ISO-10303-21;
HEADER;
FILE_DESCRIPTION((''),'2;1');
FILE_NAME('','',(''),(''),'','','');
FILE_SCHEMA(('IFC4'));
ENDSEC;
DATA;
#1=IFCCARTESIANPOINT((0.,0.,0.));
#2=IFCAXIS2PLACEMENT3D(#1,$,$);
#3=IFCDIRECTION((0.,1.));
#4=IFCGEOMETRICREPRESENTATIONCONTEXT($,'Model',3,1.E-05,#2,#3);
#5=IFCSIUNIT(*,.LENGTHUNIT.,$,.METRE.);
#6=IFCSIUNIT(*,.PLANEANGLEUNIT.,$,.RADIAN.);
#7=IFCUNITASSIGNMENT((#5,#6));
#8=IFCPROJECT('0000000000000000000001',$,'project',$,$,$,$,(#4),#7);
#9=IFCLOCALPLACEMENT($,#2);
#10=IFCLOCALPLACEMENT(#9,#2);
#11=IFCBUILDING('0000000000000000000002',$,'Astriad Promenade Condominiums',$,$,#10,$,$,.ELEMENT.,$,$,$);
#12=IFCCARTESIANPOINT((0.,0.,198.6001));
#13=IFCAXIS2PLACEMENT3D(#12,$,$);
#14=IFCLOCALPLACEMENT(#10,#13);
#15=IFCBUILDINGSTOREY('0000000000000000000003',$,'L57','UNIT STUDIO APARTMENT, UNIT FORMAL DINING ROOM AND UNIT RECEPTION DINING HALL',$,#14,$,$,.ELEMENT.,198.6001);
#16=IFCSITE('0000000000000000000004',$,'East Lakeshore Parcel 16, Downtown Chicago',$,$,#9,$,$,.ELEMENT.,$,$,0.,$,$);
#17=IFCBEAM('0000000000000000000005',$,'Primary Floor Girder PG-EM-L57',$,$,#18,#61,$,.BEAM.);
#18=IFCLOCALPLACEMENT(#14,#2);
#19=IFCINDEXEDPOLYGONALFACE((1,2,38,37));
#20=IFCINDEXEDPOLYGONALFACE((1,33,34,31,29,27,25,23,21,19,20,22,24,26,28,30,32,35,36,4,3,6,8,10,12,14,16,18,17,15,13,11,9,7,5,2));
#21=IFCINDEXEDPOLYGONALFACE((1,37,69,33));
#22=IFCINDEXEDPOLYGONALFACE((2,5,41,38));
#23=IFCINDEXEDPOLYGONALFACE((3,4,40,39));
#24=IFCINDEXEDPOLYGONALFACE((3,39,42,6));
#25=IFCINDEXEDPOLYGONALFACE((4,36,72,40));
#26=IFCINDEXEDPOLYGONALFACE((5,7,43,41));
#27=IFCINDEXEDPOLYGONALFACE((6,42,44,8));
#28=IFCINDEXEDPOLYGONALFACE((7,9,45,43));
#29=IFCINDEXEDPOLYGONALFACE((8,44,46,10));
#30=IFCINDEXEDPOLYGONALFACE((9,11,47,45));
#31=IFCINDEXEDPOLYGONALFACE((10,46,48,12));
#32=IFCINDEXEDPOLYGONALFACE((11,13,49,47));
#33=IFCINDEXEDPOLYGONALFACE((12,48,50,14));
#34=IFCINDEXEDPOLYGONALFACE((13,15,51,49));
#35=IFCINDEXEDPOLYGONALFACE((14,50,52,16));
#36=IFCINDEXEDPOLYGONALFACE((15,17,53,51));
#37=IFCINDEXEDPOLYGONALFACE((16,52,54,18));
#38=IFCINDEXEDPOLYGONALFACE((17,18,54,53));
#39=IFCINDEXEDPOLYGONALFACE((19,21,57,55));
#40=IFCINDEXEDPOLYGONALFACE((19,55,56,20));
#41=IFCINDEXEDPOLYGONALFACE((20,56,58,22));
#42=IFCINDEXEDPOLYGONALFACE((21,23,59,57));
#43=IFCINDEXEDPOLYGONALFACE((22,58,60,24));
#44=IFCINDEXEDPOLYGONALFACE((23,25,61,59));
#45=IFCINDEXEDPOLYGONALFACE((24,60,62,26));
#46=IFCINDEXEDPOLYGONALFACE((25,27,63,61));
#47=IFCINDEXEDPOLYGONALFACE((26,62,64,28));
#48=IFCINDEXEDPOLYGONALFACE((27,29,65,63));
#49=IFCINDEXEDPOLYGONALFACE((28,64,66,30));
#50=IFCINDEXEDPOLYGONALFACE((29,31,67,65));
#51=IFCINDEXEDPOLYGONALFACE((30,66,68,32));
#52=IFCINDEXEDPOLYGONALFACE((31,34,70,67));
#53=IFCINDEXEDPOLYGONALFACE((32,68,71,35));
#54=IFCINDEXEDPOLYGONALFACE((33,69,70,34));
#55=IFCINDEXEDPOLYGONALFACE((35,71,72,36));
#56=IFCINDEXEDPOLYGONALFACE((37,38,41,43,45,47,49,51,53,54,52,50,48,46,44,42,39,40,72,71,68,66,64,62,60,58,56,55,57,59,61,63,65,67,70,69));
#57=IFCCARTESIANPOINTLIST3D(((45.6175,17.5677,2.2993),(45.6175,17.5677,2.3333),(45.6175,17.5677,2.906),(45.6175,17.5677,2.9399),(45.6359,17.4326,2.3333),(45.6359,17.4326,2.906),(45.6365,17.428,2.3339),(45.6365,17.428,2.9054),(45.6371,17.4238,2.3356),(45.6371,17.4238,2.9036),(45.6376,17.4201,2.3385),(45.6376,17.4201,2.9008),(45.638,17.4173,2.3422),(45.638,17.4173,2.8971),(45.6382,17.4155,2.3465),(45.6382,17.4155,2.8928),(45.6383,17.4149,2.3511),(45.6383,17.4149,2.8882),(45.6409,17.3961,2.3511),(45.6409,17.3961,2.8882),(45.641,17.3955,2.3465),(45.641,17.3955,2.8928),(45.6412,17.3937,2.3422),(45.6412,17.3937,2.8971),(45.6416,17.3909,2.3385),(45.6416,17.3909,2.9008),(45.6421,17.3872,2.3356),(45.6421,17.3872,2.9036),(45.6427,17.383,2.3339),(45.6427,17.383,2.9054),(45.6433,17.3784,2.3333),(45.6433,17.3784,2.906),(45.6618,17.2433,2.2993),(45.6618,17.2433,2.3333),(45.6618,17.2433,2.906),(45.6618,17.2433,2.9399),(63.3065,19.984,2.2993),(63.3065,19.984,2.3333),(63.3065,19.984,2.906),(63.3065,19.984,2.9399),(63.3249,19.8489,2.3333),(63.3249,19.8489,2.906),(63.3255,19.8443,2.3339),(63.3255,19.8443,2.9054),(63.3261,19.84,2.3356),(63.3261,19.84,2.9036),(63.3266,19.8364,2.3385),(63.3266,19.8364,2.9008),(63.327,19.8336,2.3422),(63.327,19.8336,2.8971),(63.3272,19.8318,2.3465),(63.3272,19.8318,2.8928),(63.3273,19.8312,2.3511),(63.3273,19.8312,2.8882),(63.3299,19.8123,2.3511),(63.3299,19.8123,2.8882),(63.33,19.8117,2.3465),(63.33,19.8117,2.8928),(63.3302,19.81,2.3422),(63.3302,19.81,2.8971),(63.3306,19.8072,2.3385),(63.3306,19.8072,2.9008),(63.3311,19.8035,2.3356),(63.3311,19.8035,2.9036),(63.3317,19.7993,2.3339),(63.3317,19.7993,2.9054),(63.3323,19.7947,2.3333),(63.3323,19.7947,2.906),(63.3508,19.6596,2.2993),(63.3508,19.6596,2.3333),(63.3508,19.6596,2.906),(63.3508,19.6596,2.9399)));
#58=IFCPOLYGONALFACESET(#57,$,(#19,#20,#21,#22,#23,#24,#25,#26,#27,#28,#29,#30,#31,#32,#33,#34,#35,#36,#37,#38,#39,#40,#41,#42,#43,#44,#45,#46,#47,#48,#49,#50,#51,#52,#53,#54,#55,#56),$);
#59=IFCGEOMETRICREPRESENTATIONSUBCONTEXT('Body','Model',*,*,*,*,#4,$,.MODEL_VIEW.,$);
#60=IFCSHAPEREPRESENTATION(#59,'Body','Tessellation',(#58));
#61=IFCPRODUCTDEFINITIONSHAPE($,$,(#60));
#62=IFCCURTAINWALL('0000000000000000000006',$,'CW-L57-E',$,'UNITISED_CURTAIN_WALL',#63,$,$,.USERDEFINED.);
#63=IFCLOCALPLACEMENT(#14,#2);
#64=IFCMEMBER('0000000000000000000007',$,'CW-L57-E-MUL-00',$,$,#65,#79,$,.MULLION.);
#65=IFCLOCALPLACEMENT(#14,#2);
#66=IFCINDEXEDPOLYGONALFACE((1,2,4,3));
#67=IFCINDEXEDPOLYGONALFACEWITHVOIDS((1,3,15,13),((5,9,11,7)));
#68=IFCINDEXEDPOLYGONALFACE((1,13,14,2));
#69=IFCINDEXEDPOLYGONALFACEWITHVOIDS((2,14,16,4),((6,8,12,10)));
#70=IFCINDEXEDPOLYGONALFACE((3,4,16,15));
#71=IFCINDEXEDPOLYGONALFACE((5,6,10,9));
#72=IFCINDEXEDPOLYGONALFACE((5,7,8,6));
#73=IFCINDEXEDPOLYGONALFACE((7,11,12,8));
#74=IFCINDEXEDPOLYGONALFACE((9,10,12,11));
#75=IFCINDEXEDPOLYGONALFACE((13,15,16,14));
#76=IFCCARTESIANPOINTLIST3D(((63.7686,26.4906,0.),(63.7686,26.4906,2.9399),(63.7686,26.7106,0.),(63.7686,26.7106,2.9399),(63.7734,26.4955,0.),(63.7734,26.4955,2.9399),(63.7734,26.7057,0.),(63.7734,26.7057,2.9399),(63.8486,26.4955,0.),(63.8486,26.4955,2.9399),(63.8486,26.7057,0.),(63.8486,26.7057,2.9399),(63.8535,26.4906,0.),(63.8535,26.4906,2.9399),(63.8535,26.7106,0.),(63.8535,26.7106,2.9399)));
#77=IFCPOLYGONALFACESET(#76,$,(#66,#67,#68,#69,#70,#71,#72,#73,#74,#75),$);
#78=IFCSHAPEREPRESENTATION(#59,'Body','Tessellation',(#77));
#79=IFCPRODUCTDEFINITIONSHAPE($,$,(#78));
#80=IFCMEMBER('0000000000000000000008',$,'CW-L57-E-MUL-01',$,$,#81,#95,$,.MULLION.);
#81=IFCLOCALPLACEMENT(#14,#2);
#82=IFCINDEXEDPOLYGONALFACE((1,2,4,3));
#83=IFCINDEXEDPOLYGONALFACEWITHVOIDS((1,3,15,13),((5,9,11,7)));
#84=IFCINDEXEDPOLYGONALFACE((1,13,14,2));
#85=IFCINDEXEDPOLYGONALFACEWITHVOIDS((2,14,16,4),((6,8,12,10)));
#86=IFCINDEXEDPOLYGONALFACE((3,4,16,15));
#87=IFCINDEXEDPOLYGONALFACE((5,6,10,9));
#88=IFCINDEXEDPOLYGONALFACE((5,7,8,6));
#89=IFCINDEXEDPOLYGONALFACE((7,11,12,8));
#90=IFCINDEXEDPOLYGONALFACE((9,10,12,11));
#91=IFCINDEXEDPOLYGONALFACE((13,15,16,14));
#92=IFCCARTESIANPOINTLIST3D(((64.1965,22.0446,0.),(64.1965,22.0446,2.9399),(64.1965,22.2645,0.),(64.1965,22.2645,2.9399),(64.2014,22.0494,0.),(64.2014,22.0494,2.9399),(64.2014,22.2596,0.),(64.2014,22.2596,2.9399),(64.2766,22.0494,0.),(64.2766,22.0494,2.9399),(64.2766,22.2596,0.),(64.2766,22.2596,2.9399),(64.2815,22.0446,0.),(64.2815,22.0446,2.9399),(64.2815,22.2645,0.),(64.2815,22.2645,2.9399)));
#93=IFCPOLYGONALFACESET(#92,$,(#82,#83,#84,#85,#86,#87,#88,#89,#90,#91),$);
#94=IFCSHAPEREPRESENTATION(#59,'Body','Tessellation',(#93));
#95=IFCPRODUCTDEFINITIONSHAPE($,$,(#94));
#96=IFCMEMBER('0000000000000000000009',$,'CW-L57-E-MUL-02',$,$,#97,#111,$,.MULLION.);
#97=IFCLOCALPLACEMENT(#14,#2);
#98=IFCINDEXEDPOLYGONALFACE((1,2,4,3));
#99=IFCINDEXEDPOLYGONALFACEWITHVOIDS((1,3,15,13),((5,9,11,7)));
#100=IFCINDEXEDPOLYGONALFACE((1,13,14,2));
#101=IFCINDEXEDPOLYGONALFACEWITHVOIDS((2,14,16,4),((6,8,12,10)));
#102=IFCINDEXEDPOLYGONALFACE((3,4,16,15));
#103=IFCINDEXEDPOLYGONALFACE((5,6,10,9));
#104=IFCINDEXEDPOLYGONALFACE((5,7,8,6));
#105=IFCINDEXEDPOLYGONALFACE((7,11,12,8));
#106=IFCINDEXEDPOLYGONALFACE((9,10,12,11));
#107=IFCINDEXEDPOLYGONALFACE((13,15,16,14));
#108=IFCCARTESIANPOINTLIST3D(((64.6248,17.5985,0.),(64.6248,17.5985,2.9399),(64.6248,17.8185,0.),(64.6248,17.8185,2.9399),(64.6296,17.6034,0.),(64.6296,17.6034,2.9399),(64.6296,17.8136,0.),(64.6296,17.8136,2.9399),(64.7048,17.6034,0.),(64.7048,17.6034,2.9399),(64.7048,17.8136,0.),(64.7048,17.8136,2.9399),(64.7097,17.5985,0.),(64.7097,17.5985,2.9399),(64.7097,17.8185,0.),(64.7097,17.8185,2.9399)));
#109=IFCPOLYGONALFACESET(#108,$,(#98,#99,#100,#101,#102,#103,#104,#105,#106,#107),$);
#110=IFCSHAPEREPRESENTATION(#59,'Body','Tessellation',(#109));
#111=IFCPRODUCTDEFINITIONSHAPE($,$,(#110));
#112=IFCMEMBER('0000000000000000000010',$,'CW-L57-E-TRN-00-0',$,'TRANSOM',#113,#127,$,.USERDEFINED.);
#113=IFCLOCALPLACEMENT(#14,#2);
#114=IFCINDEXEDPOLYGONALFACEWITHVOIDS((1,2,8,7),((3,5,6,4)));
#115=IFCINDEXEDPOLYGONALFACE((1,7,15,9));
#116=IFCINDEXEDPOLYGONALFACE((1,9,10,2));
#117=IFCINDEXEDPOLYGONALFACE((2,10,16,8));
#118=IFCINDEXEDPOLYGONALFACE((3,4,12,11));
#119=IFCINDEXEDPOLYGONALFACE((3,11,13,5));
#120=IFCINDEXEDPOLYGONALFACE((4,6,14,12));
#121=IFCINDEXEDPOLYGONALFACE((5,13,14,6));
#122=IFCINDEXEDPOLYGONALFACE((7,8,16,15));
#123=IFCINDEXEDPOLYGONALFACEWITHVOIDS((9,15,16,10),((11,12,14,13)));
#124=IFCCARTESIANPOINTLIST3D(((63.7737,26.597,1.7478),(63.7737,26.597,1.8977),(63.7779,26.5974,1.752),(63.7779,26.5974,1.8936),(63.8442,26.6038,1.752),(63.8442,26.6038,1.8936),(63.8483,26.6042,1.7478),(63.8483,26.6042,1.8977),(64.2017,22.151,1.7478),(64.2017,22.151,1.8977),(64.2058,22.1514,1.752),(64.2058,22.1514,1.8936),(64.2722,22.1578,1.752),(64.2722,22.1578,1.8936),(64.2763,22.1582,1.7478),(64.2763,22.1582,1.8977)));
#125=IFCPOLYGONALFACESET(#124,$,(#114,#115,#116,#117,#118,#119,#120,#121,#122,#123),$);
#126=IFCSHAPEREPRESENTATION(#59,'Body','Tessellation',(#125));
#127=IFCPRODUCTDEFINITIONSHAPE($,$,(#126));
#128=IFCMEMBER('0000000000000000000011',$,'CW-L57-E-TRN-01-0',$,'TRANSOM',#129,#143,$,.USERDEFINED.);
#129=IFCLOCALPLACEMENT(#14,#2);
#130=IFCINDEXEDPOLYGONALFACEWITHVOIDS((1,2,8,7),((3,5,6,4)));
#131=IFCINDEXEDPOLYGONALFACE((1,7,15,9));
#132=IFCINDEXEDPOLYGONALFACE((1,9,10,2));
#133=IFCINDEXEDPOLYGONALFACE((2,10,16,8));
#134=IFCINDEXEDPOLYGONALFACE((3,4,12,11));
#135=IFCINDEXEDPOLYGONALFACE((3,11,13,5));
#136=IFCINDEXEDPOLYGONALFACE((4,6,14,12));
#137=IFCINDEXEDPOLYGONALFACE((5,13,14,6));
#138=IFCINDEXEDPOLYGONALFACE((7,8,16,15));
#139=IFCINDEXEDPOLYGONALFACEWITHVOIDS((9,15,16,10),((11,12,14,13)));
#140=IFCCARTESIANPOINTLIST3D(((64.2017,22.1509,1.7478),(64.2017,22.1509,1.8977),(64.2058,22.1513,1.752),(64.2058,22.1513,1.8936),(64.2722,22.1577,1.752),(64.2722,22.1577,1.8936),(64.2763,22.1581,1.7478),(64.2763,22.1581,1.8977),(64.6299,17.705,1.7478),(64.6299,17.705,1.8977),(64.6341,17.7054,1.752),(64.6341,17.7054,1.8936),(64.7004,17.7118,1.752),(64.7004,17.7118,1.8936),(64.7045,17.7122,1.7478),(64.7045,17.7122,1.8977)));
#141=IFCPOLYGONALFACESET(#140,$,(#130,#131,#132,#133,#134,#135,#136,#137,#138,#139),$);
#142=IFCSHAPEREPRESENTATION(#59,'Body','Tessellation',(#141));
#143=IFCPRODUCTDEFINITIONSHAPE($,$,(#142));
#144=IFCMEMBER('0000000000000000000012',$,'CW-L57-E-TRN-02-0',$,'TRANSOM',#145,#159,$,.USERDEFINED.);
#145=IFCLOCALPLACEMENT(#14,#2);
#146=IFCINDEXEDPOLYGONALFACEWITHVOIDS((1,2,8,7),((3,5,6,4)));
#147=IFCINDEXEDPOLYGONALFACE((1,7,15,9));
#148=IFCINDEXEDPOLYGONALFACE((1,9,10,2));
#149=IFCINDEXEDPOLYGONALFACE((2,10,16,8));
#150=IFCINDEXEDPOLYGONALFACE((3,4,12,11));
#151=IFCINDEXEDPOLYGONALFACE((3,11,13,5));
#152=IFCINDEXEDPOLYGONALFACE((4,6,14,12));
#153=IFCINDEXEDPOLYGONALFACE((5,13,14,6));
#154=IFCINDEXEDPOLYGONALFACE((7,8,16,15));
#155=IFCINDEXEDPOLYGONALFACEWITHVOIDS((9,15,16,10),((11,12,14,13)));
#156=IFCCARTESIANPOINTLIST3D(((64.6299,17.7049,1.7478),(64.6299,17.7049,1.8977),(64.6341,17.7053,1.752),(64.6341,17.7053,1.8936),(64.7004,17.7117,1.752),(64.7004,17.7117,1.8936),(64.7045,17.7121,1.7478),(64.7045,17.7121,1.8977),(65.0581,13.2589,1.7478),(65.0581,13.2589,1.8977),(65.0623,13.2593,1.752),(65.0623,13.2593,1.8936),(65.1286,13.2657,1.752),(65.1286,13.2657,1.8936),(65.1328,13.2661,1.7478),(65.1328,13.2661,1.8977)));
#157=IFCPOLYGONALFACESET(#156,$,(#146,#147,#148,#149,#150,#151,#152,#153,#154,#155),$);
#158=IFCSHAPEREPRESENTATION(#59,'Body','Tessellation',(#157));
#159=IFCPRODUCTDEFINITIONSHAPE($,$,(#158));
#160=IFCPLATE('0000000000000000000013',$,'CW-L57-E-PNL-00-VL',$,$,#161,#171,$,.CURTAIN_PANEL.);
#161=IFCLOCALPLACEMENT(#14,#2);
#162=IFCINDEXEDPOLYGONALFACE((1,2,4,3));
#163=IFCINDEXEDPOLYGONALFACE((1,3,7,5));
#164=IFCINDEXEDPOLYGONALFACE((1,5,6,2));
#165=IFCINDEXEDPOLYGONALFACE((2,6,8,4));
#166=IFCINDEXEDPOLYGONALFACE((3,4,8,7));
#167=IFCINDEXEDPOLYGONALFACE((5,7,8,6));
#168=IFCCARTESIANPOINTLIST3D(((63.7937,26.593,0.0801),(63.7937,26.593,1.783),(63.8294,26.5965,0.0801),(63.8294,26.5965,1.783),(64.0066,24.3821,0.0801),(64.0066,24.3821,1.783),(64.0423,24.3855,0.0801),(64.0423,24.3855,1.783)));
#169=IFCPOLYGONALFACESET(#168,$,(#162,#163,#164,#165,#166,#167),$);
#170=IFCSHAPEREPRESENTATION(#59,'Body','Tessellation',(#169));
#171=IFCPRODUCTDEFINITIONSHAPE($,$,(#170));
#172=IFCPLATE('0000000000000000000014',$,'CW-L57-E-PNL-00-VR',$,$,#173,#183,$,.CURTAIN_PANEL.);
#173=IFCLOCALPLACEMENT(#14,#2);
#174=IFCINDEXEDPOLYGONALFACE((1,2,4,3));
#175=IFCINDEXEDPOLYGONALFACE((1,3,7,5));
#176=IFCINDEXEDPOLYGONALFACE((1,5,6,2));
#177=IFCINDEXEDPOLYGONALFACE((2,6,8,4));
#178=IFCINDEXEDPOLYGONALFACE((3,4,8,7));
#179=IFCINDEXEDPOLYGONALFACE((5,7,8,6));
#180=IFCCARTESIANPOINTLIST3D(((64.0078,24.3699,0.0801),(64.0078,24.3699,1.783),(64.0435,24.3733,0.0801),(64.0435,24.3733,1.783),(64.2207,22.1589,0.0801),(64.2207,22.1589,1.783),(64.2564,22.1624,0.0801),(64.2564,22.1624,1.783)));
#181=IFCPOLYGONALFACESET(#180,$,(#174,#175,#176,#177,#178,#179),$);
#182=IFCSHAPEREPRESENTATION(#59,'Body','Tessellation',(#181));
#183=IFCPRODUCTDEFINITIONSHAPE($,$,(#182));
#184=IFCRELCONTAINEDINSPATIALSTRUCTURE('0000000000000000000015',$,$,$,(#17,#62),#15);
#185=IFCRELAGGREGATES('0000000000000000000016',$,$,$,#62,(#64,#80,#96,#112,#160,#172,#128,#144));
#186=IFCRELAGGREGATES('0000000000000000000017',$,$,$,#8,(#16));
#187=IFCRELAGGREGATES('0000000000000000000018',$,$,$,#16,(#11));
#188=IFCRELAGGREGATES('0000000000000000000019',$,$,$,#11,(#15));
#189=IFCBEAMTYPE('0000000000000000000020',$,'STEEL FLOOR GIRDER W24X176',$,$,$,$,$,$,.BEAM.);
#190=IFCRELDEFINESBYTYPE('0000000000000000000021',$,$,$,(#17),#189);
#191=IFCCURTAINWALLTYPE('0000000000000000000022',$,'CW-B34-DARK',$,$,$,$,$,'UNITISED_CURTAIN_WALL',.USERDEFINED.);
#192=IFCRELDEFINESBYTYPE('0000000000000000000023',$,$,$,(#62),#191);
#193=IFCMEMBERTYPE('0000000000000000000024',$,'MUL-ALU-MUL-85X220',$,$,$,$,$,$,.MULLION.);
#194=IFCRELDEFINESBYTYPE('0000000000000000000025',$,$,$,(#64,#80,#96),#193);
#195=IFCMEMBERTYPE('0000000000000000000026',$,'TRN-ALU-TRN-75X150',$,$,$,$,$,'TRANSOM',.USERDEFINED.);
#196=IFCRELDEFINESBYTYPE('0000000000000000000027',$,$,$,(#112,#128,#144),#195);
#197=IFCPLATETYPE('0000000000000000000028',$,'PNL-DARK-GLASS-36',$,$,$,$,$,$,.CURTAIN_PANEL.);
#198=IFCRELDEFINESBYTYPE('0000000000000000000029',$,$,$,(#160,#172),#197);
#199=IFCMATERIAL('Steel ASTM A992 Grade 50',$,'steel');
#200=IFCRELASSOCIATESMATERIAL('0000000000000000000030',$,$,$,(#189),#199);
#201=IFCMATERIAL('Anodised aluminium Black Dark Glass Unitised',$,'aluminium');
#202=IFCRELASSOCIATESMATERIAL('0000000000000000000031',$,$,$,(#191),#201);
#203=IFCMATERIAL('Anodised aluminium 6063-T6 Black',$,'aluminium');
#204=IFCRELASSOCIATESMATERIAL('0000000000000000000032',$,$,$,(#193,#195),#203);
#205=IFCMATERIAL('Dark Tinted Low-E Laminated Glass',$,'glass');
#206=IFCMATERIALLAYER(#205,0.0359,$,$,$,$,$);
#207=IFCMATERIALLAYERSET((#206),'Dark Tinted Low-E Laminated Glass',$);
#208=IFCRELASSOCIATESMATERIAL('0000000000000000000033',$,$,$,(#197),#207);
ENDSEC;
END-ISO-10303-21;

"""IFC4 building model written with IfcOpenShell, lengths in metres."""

from ifc_helpers import new_model, si_unit, direction, frame, origin, origin_2d, place, context, subcontext, project, spatial, rectangle, hollow_rectangle, i_section, extrude, source, transform, mapped, material, layer, layer_set, material_profile, profile_set, type_object, type_shapes, element, aggregate, save


model = new_model("IFC4")

# Units and contexts
model_context = context("Model", 3, precision=1e-05, world=origin(), true_north=direction((0.0, 1.0)))
body_context = subcontext(model_context, "Body", "Model", "MODEL_VIEW")
ifc_project = project(units=[si_unit("LENGTHUNIT", "METRE"), si_unit("PLANEANGLEUNIT", "RADIAN")], contexts=[model_context])

# Site, building, storey
site_placement = place(None, origin())
site = spatial("IfcSite", under=ifc_project, at=site_placement, Name="East Lakeshore Parcel 16, Downtown Chicago", CompositionType="ELEMENT", RefElevation=0.0)
building_placement = place(site_placement, origin())
building = spatial("IfcBuilding", under=site, at=building_placement, Name="Astriad Promenade Condominiums", CompositionType="ELEMENT")
storey_placement = place(building_placement, frame((0.0, 0.0, 198.6001)))
storey = spatial("IfcBuildingStorey", under=building, at=storey_placement, Name="L57", Description="UNIT STUDIO APARTMENT, UNIT FORMAL DINING ROOM AND UNIT RECEPTION DINING HALL", CompositionType="ELEMENT", Elevation=198.6001)

# Beam
ifc_material_1 = material(Name="Steel ASTM A992 Grade 50", Category="steel")
ifc_material_profile_1 = material_profile(ifc_material_1, i_section(OverallWidth=0.3274, OverallDepth=0.6406, WebThickness=0.019, FlangeThickness=0.0339, FilletRadius=0.0178, at=origin_2d()), Name="W24X176")
ifc_profile_set_1 = profile_set([ifc_material_profile_1], Name="Steel ASTM A992 Grade 50")
beam_type_1 = type_object("IfcBeamType", Name="STEEL FLOOR GIRDER W24X176", PredefinedType="BEAM", material=ifc_profile_set_1)
shared_shape_1 = source(origin(), body_context, "Body", "SweptSolid", [
    extrude(i_section(OverallWidth=0.3274, OverallDepth=0.6406, WebThickness=0.019, FlangeThickness=0.0339, FilletRadius=0.0178, at=origin_2d()), origin(), (0.0, 0.0, 1.0), 17.8533),
])
type_shapes(beam_type_1, [shared_shape_1])
beam_1_placement = place(storey_placement, frame((63.3286, 19.8218, 2.6196), z_axis=(-0.990799, -0.13534, 0.0), x_axis=(0.13534, -0.990799, 0.0)))
element("IfcBeam", 1, at=beam_1_placement, inside=storey, type_object=beam_type_1, Name="Primary Floor Girder PG-EM-L57", PredefinedType="BEAM", context=body_context, shape_type="MappedRepresentation", body=[
    mapped(shared_shape_1, transform((0.0, 0.0, 0.0), scale=1.0)),
])

# Curtain wall, members, plates
ifc_material_2 = material(Name="Anodised aluminium Black Dark Glass Unitised", Category="aluminium")
curtain_wall_type = type_object("IfcCurtainWallType", Name="CW-B34-DARK", ElementType="UNITISED_CURTAIN_WALL", PredefinedType="USERDEFINED", material=ifc_material_2)
curtain_wall_placement = place(storey_placement, origin())
curtain_wall = element("IfcCurtainWall", 2, at=curtain_wall_placement, inside=storey, type_object=curtain_wall_type, Name="CW-L57-E", ObjectType="UNITISED_CURTAIN_WALL", PredefinedType="USERDEFINED")
ifc_material_3 = material(Name="Anodised aluminium 6063-T6 Black", Category="aluminium")
ifc_material_profile_2 = material_profile(ifc_material_3, hollow_rectangle(XDim=0.085, YDim=0.22, WallThickness=0.0049, at=origin_2d()), Name="ALU-MUL-85X220")
ifc_profile_set_2 = profile_set([ifc_material_profile_2], Name="Anodised aluminium 6063-T6 Black")
member_type_1 = type_object("IfcMemberType", Name="MUL-ALU-MUL-85X220", PredefinedType="MULLION", material=ifc_profile_set_2)
shared_shape_2 = source(origin(), body_context, "Body", "SweptSolid", [
    extrude(hollow_rectangle(XDim=0.085, YDim=0.22, WallThickness=0.0049, at=origin_2d()), origin(), (0.0, 0.0, 1.0), 2.9399),
])
type_shapes(member_type_1, [shared_shape_2])
member_1_placement = place(storey_placement, frame((63.811, 26.6006, 0.0), z_axis=(0.0, 0.0, 1.0), x_axis=(1.0, 0.0, 0.0)))
member_1 = element("IfcMember", 3, at=member_1_placement, type_object=member_type_1, Name="CW-L57-E-MUL-00", PredefinedType="MULLION", context=body_context, shape_type="MappedRepresentation", body=[
    mapped(shared_shape_2, transform((0.0, 0.0, 0.0), scale=1.0)),
])
member_2_placement = place(storey_placement, frame((64.239, 22.1545, 0.0), z_axis=(0.0, 0.0, 1.0), x_axis=(1.0, 0.0, 0.0)))
member_2 = element("IfcMember", 4, at=member_2_placement, type_object=member_type_1, Name="CW-L57-E-MUL-01", PredefinedType="MULLION", context=body_context, shape_type="MappedRepresentation", body=[
    mapped(shared_shape_2, transform((0.0, 0.0, 0.0), scale=1.0)),
])
member_3_placement = place(storey_placement, frame((64.6672, 17.7085, 0.0), z_axis=(0.0, 0.0, 1.0), x_axis=(1.0, 0.0, 0.0)))
member_3 = element("IfcMember", 5, at=member_3_placement, type_object=member_type_1, Name="CW-L57-E-MUL-02", PredefinedType="MULLION", context=body_context, shape_type="MappedRepresentation", body=[
    mapped(shared_shape_2, transform((0.0, 0.0, 0.0), scale=1.0)),
])
ifc_material_profile_3 = material_profile(ifc_material_3, hollow_rectangle(XDim=0.075, YDim=0.1499, WallThickness=0.0042, at=origin_2d()), Name="ALU-TRN-75X150")
ifc_profile_set_3 = profile_set([ifc_material_profile_3], Name="Anodised aluminium 6063-T6 Black")
member_type_2 = type_object("IfcMemberType", Name="TRN-ALU-TRN-75X150", ElementType="TRANSOM", PredefinedType="USERDEFINED", material=ifc_profile_set_3)
shared_shape_3 = source(origin(), body_context, "Body", "SweptSolid", [
    extrude(hollow_rectangle(XDim=0.075, YDim=0.1499, WallThickness=0.0042, at=origin_2d()), origin(), (0.0, 0.0, 1.0), 4.4666),
])
type_shapes(member_type_2, [shared_shape_3])
member_4_placement = place(storey_placement, frame((63.811, 26.6006, 1.8228), z_axis=(0.095818, -0.995399, 0.0), x_axis=(0.995399, 0.095818, 0.0)))
member_4 = element("IfcMember", 6, at=member_4_placement, type_object=member_type_2, Name="CW-L57-E-TRN-00-0", ObjectType="TRANSOM", PredefinedType="USERDEFINED", context=body_context, shape_type="MappedRepresentation", body=[
    mapped(shared_shape_3, transform((0.0, 0.0, 0.0), scale=1.0)),
])
member_5_placement = place(storey_placement, frame((64.239, 22.1545, 1.8228), z_axis=(0.095872, -0.995394, 0.0), x_axis=(0.995394, 0.095872, 0.0)))
member_5 = element("IfcMember", 7, at=member_5_placement, type_object=member_type_2, Name="CW-L57-E-TRN-01-0", ObjectType="TRANSOM", PredefinedType="USERDEFINED", context=body_context, shape_type="MappedRepresentation", body=[
    mapped(shared_shape_3, transform((0.0, 0.0, 0.0), scale=1.0)),
])
member_6_placement = place(storey_placement, frame((64.6672, 17.7085, 1.8228), z_axis=(0.095872, -0.995394, 0.0), x_axis=(0.995394, 0.095872, 0.0)))
member_6 = element("IfcMember", 8, at=member_6_placement, type_object=member_type_2, Name="CW-L57-E-TRN-02-0", ObjectType="TRANSOM", PredefinedType="USERDEFINED", context=body_context, shape_type="MappedRepresentation", body=[
    mapped(shared_shape_3, transform((0.0, 0.0, 0.0), scale=1.0)),
])
ifc_material_4 = material(Name="Dark Tinted Low-E Laminated Glass", Category="glass")
ifc_layer_1 = layer(ifc_material_4, 0.0359)
ifc_layer_set_1 = layer_set([ifc_layer_1], Name="Dark Tinted Low-E Laminated Glass")
plate_type = type_object("IfcPlateType", Name="PNL-DARK-GLASS-36", PredefinedType="CURTAIN_PANEL", material=ifc_layer_set_1)
shared_shape_4 = source(origin(), body_context, "Body", "SweptSolid", [
    extrude(rectangle(XDim=2.2212, YDim=0.0359, at=origin_2d()), origin(), (0.0, 0.0, 1.0), 1.7029),
])
plate_1_placement = place(storey_placement, frame((63.918, 25.4893, 0.0801), z_axis=(0.0, 0.0, 1.0), x_axis=(0.095846, -0.995396, 0.0)))
plate_1 = element("IfcPlate", 9, at=plate_1_placement, type_object=plate_type, Name="CW-L57-E-PNL-00-VL", PredefinedType="CURTAIN_PANEL", context=body_context, shape_type="MappedRepresentation", body=[
    mapped(shared_shape_4, transform((0.0, 0.0, 0.0), scale=1.0)),
])
plate_2_placement = place(storey_placement, frame((64.1321, 23.2661, 0.0801), z_axis=(0.0, 0.0, 1.0), x_axis=(0.095846, -0.995396, 0.0)))
plate_2 = element("IfcPlate", 10, at=plate_2_placement, type_object=plate_type, Name="CW-L57-E-PNL-00-VR", PredefinedType="CURTAIN_PANEL", context=body_context, shape_type="MappedRepresentation", body=[
    mapped(shared_shape_4, transform((0.0, 0.0, 0.0), scale=1.0)),
])
aggregate(curtain_wall, [member_1, member_2, member_3, member_4, plate_1, plate_2, member_5, member_6])

save(model, "model.ifc")
